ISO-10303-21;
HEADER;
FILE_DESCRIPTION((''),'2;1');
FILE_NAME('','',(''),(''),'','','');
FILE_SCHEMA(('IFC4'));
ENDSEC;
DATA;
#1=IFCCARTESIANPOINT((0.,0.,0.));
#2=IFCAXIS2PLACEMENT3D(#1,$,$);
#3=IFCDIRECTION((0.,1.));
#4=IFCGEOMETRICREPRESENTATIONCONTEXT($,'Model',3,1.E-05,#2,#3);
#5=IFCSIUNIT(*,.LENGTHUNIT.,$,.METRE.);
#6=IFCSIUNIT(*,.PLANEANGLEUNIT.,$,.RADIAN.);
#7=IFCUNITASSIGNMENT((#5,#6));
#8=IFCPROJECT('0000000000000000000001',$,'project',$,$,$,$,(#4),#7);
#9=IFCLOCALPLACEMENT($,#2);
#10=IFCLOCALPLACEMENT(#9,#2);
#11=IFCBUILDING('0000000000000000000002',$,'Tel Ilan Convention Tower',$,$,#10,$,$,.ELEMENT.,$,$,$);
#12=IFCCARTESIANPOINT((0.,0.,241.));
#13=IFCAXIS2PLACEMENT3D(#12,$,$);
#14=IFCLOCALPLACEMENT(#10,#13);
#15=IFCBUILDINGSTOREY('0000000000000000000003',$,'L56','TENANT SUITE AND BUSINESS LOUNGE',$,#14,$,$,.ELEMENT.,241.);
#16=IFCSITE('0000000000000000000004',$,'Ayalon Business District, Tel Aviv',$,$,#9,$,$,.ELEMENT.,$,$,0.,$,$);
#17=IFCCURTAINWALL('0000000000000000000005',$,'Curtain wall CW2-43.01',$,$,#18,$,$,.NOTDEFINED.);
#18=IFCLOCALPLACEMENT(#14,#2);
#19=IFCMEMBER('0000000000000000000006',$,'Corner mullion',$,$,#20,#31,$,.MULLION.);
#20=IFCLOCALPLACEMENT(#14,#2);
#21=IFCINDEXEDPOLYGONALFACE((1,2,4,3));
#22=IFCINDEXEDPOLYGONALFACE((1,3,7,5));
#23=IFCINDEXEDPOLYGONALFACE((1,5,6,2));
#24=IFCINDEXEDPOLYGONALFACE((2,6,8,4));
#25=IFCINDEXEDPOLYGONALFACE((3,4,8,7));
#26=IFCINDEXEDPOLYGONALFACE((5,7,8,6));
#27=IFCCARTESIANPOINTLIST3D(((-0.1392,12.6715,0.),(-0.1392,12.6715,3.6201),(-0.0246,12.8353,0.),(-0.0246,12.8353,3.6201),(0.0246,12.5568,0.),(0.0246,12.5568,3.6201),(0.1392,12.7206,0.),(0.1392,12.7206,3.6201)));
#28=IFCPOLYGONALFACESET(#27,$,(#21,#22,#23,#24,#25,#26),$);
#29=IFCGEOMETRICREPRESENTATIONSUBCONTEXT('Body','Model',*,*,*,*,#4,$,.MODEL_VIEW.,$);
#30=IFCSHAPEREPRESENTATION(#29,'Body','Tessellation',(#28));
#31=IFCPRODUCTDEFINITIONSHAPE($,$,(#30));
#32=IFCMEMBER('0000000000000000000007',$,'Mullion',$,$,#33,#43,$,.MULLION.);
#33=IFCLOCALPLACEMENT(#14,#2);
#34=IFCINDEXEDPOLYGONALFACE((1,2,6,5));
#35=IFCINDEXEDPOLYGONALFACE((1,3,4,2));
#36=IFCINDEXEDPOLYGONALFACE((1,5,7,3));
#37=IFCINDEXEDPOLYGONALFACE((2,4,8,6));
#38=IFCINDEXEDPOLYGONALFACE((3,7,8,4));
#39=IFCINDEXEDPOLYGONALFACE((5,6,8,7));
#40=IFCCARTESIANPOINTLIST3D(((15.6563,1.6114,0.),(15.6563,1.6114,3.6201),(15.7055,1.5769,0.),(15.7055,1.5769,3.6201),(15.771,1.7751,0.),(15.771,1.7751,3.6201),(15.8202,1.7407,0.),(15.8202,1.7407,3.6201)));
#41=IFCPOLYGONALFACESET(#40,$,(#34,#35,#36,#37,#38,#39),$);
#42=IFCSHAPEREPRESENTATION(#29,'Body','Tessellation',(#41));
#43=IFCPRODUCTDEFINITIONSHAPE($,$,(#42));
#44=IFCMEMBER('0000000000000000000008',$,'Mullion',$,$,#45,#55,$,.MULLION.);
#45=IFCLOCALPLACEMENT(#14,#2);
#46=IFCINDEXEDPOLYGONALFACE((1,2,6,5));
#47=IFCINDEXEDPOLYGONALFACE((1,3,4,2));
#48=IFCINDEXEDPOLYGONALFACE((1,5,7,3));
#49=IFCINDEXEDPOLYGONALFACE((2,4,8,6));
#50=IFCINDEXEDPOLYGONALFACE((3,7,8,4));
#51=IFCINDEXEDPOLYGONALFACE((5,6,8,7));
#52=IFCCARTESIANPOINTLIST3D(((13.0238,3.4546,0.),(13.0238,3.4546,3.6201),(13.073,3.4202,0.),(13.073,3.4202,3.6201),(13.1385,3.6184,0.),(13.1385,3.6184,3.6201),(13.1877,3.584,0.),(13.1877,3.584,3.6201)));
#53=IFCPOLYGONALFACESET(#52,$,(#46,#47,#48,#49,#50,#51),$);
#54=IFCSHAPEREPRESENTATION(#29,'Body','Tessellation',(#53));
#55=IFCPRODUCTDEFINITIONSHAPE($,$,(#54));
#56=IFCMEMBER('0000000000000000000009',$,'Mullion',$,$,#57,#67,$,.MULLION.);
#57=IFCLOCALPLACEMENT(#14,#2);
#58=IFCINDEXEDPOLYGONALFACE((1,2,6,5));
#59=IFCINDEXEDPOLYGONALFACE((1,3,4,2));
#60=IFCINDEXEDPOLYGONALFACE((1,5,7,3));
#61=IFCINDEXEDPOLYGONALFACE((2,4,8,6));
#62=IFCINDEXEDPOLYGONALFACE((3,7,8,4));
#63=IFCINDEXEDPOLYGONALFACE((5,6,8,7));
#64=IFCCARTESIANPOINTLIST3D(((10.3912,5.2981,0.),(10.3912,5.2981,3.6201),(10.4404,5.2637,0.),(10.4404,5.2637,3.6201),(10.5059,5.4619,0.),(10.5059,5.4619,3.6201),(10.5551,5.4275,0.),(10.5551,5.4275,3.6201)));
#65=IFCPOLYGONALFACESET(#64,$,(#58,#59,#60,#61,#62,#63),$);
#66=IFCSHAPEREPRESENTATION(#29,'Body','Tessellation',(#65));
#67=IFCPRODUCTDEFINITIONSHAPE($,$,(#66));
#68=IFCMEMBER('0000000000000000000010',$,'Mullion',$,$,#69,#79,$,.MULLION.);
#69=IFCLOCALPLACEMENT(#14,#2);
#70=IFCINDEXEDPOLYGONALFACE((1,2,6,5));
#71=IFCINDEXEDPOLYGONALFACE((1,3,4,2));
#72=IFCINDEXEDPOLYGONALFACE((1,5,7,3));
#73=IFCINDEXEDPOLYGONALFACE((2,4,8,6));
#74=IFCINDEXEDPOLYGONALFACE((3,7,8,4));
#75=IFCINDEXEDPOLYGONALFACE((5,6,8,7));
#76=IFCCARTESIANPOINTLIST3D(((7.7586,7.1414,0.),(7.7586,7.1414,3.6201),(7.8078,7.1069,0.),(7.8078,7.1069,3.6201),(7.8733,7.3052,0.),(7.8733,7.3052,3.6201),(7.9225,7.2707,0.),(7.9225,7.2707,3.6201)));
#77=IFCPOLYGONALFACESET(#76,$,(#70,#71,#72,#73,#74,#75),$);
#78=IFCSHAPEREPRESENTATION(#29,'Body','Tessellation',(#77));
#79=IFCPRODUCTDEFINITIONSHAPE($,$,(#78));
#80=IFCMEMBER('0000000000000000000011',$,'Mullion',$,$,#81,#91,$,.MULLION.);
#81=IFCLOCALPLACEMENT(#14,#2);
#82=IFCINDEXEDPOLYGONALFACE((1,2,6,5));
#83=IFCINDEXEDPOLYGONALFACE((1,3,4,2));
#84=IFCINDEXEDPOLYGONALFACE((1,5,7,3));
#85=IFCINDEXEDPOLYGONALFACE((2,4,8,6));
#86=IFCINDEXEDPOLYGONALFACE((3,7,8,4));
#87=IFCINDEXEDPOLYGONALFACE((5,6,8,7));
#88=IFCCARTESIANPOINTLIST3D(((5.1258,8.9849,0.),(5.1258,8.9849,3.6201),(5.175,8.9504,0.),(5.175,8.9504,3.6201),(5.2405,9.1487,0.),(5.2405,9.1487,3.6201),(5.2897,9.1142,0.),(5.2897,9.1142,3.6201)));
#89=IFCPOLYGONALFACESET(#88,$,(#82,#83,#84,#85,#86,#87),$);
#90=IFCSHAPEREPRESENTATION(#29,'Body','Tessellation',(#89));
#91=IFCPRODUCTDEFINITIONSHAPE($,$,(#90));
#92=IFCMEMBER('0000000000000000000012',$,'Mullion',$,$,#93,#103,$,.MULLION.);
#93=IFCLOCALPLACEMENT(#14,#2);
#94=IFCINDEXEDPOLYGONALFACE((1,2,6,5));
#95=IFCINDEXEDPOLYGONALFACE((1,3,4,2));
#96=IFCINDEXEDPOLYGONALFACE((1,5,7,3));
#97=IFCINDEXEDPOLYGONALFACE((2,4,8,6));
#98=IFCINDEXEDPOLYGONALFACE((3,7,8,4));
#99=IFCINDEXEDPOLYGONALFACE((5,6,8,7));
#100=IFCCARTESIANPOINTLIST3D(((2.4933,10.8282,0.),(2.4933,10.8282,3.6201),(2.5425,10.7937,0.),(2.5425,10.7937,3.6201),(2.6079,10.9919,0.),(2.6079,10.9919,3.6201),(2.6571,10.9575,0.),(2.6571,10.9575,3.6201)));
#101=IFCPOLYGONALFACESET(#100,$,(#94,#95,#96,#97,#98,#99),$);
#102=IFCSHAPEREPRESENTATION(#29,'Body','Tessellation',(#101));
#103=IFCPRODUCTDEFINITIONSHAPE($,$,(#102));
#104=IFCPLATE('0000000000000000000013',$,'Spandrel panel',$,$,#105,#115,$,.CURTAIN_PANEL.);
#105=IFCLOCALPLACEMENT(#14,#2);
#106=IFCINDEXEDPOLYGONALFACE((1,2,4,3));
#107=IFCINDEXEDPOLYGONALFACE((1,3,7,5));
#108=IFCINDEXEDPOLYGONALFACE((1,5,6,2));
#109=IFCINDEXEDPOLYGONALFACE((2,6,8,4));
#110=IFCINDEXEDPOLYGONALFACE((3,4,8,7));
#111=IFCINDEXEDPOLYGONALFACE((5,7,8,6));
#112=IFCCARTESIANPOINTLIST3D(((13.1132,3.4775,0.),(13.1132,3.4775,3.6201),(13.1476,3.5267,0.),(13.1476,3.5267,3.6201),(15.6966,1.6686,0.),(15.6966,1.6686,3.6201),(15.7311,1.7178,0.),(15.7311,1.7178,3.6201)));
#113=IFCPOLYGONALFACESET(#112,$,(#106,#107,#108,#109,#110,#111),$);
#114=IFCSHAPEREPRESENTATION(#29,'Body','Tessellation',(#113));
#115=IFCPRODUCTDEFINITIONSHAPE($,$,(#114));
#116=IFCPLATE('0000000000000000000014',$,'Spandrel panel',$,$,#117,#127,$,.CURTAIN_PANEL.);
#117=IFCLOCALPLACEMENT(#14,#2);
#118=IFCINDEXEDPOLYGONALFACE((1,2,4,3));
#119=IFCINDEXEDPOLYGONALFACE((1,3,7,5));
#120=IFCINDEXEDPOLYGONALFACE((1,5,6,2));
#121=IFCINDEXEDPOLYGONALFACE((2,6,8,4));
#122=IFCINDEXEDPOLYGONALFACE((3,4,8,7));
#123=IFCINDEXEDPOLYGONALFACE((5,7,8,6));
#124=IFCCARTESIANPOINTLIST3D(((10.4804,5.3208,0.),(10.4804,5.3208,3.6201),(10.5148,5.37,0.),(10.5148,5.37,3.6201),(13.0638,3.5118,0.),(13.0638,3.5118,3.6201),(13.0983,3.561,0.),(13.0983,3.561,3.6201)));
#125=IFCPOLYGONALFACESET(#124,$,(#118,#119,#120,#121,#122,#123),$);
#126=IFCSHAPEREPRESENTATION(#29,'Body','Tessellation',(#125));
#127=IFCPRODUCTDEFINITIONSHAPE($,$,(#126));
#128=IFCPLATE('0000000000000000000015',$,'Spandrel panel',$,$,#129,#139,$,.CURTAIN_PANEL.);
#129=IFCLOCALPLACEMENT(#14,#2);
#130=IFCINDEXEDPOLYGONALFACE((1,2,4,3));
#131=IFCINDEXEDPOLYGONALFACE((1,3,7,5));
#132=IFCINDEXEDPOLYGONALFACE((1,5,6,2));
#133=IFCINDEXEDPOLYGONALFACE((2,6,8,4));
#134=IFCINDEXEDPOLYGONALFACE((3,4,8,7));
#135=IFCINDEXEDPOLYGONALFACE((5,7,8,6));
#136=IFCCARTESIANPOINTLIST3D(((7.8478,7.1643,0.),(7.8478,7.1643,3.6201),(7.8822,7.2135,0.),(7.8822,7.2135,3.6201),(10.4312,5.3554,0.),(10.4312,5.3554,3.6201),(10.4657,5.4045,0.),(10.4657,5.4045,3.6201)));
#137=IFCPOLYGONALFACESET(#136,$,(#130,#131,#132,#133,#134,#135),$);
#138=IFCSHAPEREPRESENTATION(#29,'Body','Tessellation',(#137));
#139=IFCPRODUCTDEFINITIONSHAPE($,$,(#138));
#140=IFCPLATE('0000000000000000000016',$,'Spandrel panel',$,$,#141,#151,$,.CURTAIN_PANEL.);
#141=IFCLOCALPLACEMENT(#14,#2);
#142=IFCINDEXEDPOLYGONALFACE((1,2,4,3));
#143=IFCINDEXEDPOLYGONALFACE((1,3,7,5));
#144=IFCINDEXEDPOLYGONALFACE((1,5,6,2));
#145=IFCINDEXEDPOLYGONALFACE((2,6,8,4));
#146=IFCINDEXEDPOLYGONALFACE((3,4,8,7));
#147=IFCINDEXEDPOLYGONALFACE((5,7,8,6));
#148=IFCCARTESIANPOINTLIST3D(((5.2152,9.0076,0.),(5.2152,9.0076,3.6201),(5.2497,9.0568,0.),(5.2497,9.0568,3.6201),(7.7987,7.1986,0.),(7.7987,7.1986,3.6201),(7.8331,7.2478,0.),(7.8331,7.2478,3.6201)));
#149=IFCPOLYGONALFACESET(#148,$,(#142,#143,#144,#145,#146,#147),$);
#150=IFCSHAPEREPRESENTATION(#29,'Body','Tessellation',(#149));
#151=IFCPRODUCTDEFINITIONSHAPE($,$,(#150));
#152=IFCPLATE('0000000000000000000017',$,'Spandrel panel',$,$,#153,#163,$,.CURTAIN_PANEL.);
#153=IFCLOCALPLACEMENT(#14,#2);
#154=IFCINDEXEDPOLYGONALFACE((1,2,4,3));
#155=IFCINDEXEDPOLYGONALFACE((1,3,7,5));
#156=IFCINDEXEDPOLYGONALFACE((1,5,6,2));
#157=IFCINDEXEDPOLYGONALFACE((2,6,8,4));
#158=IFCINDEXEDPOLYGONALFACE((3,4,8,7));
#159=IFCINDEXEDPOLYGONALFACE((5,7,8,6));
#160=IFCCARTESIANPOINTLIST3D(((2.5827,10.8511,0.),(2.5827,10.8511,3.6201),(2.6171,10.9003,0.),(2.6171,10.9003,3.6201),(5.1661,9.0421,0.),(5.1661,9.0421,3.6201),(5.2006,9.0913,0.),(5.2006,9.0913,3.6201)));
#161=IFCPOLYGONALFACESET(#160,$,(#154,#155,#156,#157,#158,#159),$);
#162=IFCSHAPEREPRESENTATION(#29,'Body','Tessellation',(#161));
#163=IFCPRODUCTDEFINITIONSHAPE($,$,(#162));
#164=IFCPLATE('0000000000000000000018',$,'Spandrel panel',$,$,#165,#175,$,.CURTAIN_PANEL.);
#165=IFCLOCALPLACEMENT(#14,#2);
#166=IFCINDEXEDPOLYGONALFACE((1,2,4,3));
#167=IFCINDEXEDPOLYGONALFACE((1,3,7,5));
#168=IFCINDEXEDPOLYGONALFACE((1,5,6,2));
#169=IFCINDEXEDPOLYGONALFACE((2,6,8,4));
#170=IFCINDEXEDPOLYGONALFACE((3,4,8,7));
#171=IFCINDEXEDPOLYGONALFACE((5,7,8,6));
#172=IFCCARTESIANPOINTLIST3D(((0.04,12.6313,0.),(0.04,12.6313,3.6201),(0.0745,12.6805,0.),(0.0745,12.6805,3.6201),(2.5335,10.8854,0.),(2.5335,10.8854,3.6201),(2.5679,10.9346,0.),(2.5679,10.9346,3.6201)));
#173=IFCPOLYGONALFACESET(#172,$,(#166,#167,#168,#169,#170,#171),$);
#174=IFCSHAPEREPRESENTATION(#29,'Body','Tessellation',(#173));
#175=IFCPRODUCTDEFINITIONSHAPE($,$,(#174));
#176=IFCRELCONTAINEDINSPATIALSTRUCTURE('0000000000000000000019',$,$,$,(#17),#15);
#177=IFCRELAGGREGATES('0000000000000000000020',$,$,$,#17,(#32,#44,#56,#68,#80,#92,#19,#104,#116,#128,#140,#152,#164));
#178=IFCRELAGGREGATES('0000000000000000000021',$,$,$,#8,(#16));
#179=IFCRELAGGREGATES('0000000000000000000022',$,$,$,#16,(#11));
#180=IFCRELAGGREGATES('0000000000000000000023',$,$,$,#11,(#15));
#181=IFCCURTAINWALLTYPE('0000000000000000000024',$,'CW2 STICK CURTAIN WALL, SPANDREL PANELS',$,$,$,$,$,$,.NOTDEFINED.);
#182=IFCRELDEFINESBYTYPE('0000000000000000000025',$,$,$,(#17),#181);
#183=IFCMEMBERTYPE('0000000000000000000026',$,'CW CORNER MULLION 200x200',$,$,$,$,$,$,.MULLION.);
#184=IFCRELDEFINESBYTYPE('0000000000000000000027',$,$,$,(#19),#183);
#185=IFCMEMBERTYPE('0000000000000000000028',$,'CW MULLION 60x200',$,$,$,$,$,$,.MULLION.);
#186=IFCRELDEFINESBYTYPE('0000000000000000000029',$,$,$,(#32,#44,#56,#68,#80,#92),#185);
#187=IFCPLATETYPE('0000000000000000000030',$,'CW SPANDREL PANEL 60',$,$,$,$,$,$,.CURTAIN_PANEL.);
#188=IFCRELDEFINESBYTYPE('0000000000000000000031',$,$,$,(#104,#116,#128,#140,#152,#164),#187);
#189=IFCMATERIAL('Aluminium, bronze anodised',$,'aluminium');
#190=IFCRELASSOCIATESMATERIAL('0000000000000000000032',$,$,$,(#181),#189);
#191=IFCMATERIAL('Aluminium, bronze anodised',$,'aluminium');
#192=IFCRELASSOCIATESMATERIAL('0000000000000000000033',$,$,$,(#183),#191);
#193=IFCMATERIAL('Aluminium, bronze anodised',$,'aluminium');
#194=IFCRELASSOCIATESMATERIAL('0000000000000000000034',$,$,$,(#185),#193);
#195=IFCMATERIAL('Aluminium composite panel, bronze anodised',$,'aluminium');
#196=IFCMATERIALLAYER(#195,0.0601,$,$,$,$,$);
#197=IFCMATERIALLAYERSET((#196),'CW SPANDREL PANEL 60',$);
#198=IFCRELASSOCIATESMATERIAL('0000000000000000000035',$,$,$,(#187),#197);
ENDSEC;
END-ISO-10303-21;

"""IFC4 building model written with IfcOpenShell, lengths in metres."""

from ifc_helpers import new_model, si_unit, direction, frame, origin, origin_2d, place, context, subcontext, project, spatial, rectangle, extrude, material, layer, layer_set, material_profile, profile_set, type_object, element, aggregate, save


model = new_model("IFC4")

# Units and contexts
model_context = context("Model", 3, precision=1e-05, world=origin(), true_north=direction((0.0, 1.0)))
body_context = subcontext(model_context, "Body", "Model", "MODEL_VIEW")
ifc_project = project(units=[si_unit("LENGTHUNIT", "METRE"), si_unit("PLANEANGLEUNIT", "RADIAN")], contexts=[model_context])

# Site, building, storey
site_placement = place(None, origin())
site = spatial("IfcSite", under=ifc_project, at=site_placement, Name="Ayalon Business District, Tel Aviv", CompositionType="ELEMENT", RefElevation=0.0)
building_placement = place(site_placement, origin())
building = spatial("IfcBuilding", under=site, at=building_placement, Name="Tel Ilan Convention Tower", CompositionType="ELEMENT")
storey_placement = place(building_placement, frame((0.0, 0.0, 241.0)))
storey = spatial("IfcBuildingStorey", under=building, at=storey_placement, Name="L56", Description="TENANT SUITE AND BUSINESS LOUNGE", CompositionType="ELEMENT", Elevation=241.0)

# Curtain wall, members, plates
ifc_material_1 = material(Name="Aluminium, bronze anodised", Category="aluminium")
curtain_wall_type = type_object("IfcCurtainWallType", Name="CW2 STICK CURTAIN WALL, SPANDREL PANELS", PredefinedType="NOTDEFINED", material=ifc_material_1)
curtain_wall_placement = place(storey_placement, origin())
curtain_wall = element("IfcCurtainWall", 1, at=curtain_wall_placement, inside=storey, type_object=curtain_wall_type, Name="Curtain wall CW2-43.01", PredefinedType="NOTDEFINED")
ifc_material_2 = material(Name="Aluminium, bronze anodised", Category="aluminium")
ifc_material_profile_1 = material_profile(ifc_material_2, rectangle(XDim=0.2, YDim=0.2, at=origin_2d()), Name="CW CORNER MULLION 200x200")
ifc_profile_set_1 = profile_set([ifc_material_profile_1], Name="Aluminium, bronze anodised")
member_type_1 = type_object("IfcMemberType", Name="CW CORNER MULLION 200x200", PredefinedType="MULLION", material=ifc_profile_set_1)
member_1_placement = place(storey_placement, frame((0.0, 12.696, 0.0), z_axis=(0.0, 0.0, 1.0), x_axis=(-0.819152, 0.573576, 0.0)))
member_1 = element("IfcMember", 2, at=member_1_placement, type_object=member_type_1, Name="Corner mullion", PredefinedType="MULLION", context=body_context, shape_type="SweptSolid", body=[
    extrude(rectangle(XDim=0.2, YDim=0.2, at=origin_2d()), origin(), (0.0, 0.0, 1.0), 3.6201),
])
ifc_material_3 = material(Name="Aluminium, bronze anodised", Category="aluminium")
ifc_material_profile_2 = material_profile(ifc_material_3, rectangle(XDim=0.0601, YDim=0.2, at=origin_2d()), Name="CW MULLION 60x200")
ifc_profile_set_2 = profile_set([ifc_material_profile_2], Name="Aluminium, bronze anodised")
member_type_2 = type_object("IfcMemberType", Name="CW MULLION 60x200", PredefinedType="MULLION", material=ifc_profile_set_2)
member_2_placement = place(storey_placement, frame((15.7383, 1.676, 0.0), z_axis=(0.0, 0.0, 1.0), x_axis=(-0.819152, 0.573576, 0.0)))
member_2 = element("IfcMember", 3, at=member_2_placement, type_object=member_type_2, Name="Mullion", PredefinedType="MULLION", context=body_context, shape_type="SweptSolid", body=[
    extrude(rectangle(XDim=0.0601, YDim=0.2, at=origin_2d()), origin(), (0.0, 0.0, 1.0), 3.6201),
])
member_3_placement = place(storey_placement, frame((13.1057, 3.5193, 0.0), z_axis=(0.0, 0.0, 1.0), x_axis=(-0.819152, 0.573576, 0.0)))
member_3 = element("IfcMember", 4, at=member_3_placement, type_object=member_type_2, Name="Mullion", PredefinedType="MULLION", context=body_context, shape_type="SweptSolid", body=[
    extrude(rectangle(XDim=0.0601, YDim=0.2, at=origin_2d()), origin(), (0.0, 0.0, 1.0), 3.6201),
])
member_4_placement = place(storey_placement, frame((10.4731, 5.3628, 0.0), z_axis=(0.0, 0.0, 1.0), x_axis=(-0.819152, 0.573576, 0.0)))
member_4 = element("IfcMember", 5, at=member_4_placement, type_object=member_type_2, Name="Mullion", PredefinedType="MULLION", context=body_context, shape_type="SweptSolid", body=[
    extrude(rectangle(XDim=0.0601, YDim=0.2, at=origin_2d()), origin(), (0.0, 0.0, 1.0), 3.6201),
])
member_5_placement = place(storey_placement, frame((7.8406, 7.2061, 0.0), z_axis=(0.0, 0.0, 1.0), x_axis=(-0.819152, 0.573576, 0.0)))
member_5 = element("IfcMember", 6, at=member_5_placement, type_object=member_type_2, Name="Mullion", PredefinedType="MULLION", context=body_context, shape_type="SweptSolid", body=[
    extrude(rectangle(XDim=0.0601, YDim=0.2, at=origin_2d()), origin(), (0.0, 0.0, 1.0), 3.6201),
])
member_6_placement = place(storey_placement, frame((5.2078, 9.0496, 0.0), z_axis=(0.0, 0.0, 1.0), x_axis=(-0.819152, 0.573576, 0.0)))
member_6 = element("IfcMember", 7, at=member_6_placement, type_object=member_type_2, Name="Mullion", PredefinedType="MULLION", context=body_context, shape_type="SweptSolid", body=[
    extrude(rectangle(XDim=0.0601, YDim=0.2, at=origin_2d()), origin(), (0.0, 0.0, 1.0), 3.6201),
])
member_7_placement = place(storey_placement, frame((2.5752, 10.8928, 0.0), z_axis=(0.0, 0.0, 1.0), x_axis=(-0.819152, 0.573576, 0.0)))
member_7 = element("IfcMember", 8, at=member_7_placement, type_object=member_type_2, Name="Mullion", PredefinedType="MULLION", context=body_context, shape_type="SweptSolid", body=[
    extrude(rectangle(XDim=0.0601, YDim=0.2, at=origin_2d()), origin(), (0.0, 0.0, 1.0), 3.6201),
])
ifc_material_4 = material(Name="Aluminium composite panel, bronze anodised", Category="aluminium")
ifc_layer_1 = layer(ifc_material_4, 0.0601)
ifc_layer_set_1 = layer_set([ifc_layer_1], Name="CW SPANDREL PANEL 60")
plate_type = type_object("IfcPlateType", Name="CW SPANDREL PANEL 60", PredefinedType="CURTAIN_PANEL", material=ifc_layer_set_1)
plate_1_placement = place(storey_placement, frame((14.4221, 2.5977, 0.0), z_axis=(0.0, 0.0, 1.0), x_axis=(-0.819152, 0.573576, 0.0)))
plate_1 = element("IfcPlate", 9, at=plate_1_placement, type_object=plate_type, Name="Spandrel panel", PredefinedType="CURTAIN_PANEL", context=body_context, shape_type="SweptSolid", body=[
    extrude(rectangle(XDim=3.1538, YDim=0.0601, at=origin_2d()), origin(), (0.0, 0.0, 1.0), 3.6201),
])
plate_2_placement = place(storey_placement, frame((11.7893, 4.4409, 0.0), z_axis=(0.0, 0.0, 1.0), x_axis=(-0.819152, 0.573576, 0.0)))
plate_2 = element("IfcPlate", 10, at=plate_2_placement, type_object=plate_type, Name="Spandrel panel", PredefinedType="CURTAIN_PANEL", context=body_context, shape_type="SweptSolid", body=[
    extrude(rectangle(XDim=3.1538, YDim=0.0601, at=origin_2d()), origin(), (0.0, 0.0, 1.0), 3.6201),
])
plate_3_placement = place(storey_placement, frame((9.1567, 6.2844, 0.0), z_axis=(0.0, 0.0, 1.0), x_axis=(-0.819152, 0.573576, 0.0)))
plate_3 = element("IfcPlate", 11, at=plate_3_placement, type_object=plate_type, Name="Spandrel panel", PredefinedType="CURTAIN_PANEL", context=body_context, shape_type="SweptSolid", body=[
    extrude(rectangle(XDim=3.1538, YDim=0.0601, at=origin_2d()), origin(), (0.0, 0.0, 1.0), 3.6201),
])
plate_4_placement = place(storey_placement, frame((6.5242, 8.1277, 0.0), z_axis=(0.0, 0.0, 1.0), x_axis=(-0.819152, 0.573576, 0.0)))
plate_4 = element("IfcPlate", 12, at=plate_4_placement, type_object=plate_type, Name="Spandrel panel", PredefinedType="CURTAIN_PANEL", context=body_context, shape_type="SweptSolid", body=[
    extrude(rectangle(XDim=3.1538, YDim=0.0601, at=origin_2d()), origin(), (0.0, 0.0, 1.0), 3.6201),
])
plate_5_placement = place(storey_placement, frame((3.8916, 9.9712, 0.0), z_axis=(0.0, 0.0, 1.0), x_axis=(-0.819152, 0.573576, 0.0)))
plate_5 = element("IfcPlate", 13, at=plate_5_placement, type_object=plate_type, Name="Spandrel panel", PredefinedType="CURTAIN_PANEL", context=body_context, shape_type="SweptSolid", body=[
    extrude(rectangle(XDim=3.1538, YDim=0.0601, at=origin_2d()), origin(), (0.0, 0.0, 1.0), 3.6201),
])
plate_6_placement = place(storey_placement, frame((1.304, 11.783, 0.0), z_axis=(0.0, 0.0, 1.0), x_axis=(-0.819152, 0.573576, 0.0)))
plate_6 = element("IfcPlate", 14, at=plate_6_placement, type_object=plate_type, Name="Spandrel panel", PredefinedType="CURTAIN_PANEL", context=body_context, shape_type="SweptSolid", body=[
    extrude(rectangle(XDim=3.0439, YDim=0.0601, at=origin_2d()), origin(), (0.0, 0.0, 1.0), 3.6201),
])
aggregate(curtain_wall, [member_2, member_3, member_4, member_5, member_6, member_7, member_1, plate_1, plate_2, plate_3, plate_4, plate_5, plate_6])

save(model, "model.ifc")
